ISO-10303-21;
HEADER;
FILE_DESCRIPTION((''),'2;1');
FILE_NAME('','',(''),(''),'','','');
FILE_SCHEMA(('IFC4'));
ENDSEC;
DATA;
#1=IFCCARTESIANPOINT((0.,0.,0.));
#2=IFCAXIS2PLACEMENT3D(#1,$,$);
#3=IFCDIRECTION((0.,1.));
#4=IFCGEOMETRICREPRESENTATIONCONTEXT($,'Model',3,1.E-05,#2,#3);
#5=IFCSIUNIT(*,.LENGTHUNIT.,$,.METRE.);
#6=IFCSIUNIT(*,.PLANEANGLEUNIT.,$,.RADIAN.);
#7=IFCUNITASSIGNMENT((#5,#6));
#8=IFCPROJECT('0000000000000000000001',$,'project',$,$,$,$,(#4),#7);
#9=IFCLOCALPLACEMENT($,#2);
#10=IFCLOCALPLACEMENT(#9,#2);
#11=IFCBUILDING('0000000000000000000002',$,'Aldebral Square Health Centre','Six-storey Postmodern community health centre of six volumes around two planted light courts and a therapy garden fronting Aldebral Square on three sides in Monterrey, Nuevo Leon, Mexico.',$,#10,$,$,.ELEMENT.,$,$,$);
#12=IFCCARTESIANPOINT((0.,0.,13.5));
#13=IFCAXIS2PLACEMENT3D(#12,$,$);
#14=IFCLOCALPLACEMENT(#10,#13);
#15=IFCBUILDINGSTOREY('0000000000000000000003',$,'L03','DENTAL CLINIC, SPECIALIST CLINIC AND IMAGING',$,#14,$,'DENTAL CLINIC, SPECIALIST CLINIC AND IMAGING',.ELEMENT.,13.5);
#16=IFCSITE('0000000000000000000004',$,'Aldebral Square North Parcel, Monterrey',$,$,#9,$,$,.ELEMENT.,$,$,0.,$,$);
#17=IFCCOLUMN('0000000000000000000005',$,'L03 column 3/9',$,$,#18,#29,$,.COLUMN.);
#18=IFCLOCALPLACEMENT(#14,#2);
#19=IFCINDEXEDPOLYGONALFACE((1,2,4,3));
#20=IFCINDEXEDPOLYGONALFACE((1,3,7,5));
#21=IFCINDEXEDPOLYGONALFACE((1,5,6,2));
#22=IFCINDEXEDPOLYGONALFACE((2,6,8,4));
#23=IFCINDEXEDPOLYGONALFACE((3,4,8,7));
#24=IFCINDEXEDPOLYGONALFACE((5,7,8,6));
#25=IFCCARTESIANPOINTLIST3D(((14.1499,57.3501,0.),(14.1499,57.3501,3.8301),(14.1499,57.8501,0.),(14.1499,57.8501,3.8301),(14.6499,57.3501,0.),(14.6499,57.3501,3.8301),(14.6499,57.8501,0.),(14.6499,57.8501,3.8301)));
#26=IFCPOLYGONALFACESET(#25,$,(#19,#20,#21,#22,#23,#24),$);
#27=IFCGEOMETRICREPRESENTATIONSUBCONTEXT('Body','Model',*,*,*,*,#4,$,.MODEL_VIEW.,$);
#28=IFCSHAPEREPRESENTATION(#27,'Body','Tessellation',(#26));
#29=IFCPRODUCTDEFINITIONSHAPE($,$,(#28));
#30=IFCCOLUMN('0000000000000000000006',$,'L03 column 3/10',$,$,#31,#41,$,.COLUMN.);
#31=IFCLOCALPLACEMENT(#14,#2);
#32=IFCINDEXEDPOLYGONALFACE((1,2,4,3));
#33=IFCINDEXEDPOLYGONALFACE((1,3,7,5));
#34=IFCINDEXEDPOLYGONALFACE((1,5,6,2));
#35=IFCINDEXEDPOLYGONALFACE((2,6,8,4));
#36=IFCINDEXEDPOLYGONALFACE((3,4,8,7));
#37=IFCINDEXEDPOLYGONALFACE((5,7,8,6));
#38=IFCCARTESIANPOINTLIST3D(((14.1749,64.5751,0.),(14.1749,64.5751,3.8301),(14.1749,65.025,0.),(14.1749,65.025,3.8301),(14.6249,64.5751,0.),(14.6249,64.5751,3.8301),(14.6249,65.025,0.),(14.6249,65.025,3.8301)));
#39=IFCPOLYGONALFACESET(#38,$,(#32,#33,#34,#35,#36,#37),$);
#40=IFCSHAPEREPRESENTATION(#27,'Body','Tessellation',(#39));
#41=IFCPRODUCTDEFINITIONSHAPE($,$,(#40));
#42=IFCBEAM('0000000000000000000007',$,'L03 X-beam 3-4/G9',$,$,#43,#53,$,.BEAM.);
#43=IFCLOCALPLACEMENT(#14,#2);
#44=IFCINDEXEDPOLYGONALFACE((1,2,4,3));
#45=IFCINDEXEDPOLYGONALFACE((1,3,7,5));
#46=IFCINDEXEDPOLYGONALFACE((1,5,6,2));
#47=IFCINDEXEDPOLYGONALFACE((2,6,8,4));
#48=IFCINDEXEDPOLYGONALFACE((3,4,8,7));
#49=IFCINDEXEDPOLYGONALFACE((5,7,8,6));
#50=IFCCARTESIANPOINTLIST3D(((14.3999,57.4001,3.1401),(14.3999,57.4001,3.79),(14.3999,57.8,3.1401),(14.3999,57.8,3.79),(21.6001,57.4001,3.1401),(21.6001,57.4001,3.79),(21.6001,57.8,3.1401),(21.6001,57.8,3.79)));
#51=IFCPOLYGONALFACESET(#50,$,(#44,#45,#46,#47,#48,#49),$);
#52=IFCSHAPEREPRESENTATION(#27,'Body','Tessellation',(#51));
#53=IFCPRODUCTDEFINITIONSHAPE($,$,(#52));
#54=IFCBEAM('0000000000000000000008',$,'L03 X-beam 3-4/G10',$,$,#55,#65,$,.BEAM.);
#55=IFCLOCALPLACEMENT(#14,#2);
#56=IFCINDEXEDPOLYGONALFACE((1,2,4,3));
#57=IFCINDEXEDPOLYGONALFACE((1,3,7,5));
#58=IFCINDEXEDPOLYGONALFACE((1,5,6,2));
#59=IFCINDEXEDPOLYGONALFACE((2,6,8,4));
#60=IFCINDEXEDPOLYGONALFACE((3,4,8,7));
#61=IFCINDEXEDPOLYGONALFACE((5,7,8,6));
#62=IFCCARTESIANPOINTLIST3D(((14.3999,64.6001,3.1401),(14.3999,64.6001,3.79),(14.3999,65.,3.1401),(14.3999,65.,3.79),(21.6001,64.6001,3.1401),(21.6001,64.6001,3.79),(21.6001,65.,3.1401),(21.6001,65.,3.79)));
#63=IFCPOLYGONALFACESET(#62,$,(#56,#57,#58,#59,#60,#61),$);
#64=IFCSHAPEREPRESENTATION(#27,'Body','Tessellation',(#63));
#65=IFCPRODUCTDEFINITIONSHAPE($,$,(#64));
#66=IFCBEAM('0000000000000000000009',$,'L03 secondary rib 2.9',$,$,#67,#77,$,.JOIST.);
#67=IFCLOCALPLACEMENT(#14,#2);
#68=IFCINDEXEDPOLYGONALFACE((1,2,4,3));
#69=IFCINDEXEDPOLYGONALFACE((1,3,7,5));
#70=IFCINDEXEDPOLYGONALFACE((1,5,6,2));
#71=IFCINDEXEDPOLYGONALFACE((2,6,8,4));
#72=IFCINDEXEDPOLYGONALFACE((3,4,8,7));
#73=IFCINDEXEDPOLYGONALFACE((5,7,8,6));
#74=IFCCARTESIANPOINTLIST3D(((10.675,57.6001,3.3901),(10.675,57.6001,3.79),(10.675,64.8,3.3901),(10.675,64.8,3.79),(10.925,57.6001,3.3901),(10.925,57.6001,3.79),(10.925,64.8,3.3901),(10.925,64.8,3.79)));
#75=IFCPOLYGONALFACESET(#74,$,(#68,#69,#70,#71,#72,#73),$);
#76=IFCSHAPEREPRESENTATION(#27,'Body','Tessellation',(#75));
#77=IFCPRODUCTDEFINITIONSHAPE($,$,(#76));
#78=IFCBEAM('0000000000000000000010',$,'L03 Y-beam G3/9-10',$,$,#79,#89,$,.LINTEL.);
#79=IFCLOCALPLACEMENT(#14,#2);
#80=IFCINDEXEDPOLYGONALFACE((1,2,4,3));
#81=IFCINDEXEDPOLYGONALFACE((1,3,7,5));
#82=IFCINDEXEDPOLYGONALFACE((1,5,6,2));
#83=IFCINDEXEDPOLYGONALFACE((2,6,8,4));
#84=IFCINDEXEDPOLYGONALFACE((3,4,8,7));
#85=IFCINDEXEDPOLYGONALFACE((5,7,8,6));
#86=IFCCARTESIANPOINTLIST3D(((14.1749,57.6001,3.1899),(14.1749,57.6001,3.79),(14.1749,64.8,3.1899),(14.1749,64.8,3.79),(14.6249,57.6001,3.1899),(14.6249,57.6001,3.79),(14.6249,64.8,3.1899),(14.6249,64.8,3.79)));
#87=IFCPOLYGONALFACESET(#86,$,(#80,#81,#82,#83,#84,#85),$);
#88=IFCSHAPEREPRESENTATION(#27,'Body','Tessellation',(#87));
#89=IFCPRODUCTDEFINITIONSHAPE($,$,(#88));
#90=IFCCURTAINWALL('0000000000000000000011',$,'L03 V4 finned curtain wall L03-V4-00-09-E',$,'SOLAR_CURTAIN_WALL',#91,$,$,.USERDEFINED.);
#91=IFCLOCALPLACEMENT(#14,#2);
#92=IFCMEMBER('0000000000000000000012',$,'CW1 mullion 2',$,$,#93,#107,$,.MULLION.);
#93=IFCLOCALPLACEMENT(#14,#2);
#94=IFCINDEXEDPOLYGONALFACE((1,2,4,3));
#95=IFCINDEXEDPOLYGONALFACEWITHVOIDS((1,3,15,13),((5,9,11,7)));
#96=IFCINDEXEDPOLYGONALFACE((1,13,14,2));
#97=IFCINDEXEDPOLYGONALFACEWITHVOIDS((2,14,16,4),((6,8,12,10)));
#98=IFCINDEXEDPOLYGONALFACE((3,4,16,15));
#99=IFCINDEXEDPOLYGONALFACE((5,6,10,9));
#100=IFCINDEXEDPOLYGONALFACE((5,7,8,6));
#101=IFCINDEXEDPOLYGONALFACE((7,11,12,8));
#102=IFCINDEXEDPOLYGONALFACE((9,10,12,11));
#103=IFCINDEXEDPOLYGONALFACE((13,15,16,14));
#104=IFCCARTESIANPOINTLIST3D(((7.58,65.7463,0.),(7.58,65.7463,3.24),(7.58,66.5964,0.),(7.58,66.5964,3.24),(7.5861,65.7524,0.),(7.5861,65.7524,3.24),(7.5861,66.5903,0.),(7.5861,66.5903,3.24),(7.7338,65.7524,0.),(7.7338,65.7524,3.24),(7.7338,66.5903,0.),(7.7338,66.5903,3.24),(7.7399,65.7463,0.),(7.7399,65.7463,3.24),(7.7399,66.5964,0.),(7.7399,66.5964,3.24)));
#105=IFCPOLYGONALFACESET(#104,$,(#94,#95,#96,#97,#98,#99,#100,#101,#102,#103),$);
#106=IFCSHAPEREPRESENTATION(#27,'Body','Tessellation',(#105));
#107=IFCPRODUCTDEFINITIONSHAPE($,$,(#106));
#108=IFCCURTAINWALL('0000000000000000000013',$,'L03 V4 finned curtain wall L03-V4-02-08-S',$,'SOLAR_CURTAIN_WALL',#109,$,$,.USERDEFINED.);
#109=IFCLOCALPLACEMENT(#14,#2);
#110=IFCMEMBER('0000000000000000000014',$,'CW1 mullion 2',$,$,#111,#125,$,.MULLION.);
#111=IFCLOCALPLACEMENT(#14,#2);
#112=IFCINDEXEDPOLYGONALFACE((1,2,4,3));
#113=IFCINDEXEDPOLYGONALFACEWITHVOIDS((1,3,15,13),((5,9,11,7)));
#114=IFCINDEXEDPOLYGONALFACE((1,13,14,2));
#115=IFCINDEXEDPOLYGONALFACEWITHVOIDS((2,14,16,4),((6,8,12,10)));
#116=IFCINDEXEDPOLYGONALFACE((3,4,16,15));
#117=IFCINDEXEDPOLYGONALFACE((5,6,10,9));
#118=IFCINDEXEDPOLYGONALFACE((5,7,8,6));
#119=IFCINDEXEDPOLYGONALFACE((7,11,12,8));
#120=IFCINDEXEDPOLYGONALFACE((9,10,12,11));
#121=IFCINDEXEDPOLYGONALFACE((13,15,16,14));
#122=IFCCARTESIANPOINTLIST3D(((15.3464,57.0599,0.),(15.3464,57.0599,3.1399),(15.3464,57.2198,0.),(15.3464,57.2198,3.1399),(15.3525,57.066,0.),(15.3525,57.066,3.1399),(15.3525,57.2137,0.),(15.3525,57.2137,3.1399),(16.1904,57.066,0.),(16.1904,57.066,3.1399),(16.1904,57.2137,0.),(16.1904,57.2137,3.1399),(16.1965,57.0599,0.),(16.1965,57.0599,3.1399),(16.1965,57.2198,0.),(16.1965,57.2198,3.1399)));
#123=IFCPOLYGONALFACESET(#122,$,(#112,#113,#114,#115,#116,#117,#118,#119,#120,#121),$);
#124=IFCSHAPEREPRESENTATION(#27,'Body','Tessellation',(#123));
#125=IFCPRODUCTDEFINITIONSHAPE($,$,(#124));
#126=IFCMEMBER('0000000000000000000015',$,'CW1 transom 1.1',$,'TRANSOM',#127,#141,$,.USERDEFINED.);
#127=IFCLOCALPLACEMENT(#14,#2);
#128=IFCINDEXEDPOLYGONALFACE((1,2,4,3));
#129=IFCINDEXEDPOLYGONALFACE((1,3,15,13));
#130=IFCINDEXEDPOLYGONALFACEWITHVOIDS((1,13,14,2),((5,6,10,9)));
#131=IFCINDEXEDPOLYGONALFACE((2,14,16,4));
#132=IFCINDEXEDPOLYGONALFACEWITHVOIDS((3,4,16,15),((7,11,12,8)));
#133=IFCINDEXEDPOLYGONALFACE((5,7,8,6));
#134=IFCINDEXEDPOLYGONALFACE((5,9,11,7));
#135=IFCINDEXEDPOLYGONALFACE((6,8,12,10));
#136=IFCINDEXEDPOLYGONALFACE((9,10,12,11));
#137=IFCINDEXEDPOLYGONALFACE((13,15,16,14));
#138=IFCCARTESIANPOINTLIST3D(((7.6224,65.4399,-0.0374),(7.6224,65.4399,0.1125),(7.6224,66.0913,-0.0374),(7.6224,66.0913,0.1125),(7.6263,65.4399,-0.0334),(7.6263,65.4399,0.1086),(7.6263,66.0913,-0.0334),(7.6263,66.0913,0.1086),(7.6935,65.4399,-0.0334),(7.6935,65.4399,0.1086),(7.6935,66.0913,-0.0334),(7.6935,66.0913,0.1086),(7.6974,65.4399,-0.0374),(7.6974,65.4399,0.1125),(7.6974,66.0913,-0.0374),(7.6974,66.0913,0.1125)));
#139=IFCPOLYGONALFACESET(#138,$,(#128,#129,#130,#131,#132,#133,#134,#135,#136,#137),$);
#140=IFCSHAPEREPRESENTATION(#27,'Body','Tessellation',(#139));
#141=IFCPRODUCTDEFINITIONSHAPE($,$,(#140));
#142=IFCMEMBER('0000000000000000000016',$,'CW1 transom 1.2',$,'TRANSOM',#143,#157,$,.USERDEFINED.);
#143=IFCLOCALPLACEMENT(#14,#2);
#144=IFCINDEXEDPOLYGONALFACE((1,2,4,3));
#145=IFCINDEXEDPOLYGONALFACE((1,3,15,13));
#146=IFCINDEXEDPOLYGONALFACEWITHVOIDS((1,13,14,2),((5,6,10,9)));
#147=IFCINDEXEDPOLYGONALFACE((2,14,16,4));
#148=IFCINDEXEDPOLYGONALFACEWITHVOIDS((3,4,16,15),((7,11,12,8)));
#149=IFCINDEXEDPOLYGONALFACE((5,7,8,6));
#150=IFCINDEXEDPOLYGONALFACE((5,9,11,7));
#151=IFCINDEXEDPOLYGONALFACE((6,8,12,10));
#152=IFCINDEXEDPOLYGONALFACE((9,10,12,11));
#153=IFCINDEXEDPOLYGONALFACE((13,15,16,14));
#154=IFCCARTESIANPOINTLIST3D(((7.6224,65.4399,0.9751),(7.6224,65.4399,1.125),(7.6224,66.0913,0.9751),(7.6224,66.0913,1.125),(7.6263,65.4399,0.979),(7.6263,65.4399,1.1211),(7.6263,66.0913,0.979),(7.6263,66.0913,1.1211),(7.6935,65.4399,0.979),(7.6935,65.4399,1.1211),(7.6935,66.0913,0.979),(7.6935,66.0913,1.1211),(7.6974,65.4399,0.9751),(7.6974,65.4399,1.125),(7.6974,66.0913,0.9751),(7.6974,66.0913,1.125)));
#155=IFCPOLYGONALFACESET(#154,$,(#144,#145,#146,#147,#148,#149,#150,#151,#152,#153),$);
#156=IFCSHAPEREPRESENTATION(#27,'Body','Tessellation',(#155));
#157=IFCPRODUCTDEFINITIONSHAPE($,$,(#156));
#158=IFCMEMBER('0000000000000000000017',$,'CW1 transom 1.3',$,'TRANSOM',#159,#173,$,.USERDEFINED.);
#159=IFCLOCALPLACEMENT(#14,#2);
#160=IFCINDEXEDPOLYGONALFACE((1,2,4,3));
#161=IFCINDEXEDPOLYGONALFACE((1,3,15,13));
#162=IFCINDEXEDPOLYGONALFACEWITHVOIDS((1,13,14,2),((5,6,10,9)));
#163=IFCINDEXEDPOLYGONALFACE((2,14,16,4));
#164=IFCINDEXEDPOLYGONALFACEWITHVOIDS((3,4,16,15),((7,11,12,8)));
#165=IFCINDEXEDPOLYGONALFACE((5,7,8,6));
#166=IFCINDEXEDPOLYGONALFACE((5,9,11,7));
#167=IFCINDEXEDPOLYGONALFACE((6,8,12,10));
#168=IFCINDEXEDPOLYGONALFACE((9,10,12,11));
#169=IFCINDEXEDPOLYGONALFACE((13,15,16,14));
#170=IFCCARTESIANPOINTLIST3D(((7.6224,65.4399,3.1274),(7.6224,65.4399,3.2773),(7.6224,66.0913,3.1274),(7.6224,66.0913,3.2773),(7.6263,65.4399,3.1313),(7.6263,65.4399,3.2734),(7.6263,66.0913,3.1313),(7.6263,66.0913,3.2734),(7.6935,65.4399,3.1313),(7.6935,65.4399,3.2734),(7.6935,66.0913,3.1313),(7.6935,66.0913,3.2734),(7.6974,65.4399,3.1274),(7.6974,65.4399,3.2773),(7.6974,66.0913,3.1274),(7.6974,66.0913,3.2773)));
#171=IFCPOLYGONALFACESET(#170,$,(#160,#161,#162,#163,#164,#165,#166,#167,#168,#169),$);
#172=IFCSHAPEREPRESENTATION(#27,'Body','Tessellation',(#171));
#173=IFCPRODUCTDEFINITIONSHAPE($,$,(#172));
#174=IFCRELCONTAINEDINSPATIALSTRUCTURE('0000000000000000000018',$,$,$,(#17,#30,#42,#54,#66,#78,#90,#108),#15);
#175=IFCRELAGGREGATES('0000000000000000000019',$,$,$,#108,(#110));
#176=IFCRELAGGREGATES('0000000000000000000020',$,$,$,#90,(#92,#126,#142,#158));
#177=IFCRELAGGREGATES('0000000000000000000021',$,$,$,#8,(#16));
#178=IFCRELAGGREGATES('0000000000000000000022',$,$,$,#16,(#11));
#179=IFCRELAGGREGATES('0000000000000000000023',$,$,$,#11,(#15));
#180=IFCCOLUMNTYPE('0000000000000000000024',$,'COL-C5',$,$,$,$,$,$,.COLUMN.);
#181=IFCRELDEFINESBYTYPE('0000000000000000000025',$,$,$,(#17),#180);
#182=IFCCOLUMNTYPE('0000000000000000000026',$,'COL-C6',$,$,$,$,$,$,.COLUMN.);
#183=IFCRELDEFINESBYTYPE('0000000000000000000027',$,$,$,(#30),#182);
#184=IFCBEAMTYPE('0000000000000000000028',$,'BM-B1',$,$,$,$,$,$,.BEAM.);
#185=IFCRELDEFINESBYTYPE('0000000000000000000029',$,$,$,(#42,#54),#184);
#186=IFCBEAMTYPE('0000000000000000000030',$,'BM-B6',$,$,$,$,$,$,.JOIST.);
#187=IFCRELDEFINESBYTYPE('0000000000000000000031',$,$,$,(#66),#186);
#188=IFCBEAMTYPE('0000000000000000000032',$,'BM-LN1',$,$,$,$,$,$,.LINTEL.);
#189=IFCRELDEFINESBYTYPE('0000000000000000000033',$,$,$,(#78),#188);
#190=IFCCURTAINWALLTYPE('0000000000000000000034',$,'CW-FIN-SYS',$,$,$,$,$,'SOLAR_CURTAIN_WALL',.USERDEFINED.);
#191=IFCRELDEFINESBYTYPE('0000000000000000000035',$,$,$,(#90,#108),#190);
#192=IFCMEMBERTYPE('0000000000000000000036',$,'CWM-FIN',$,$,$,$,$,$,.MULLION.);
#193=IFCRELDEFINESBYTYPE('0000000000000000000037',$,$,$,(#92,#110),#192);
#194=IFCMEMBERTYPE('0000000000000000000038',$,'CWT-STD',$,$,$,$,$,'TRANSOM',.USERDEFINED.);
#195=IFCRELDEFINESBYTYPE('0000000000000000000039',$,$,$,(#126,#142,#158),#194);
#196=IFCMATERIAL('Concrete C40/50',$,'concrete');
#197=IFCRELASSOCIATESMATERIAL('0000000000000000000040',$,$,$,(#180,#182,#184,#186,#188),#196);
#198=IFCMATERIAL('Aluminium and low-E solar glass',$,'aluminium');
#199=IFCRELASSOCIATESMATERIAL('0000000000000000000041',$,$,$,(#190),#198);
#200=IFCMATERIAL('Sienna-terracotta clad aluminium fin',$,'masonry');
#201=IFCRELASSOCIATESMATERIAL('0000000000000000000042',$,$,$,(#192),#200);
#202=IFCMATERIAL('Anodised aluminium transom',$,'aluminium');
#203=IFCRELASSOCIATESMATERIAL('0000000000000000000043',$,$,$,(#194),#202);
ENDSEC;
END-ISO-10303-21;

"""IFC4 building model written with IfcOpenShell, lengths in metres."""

from ifc_helpers import new_model, si_unit, direction, frame, origin, origin_2d, place, context, subcontext, project, spatial, rectangle, hollow_rectangle, extrude, material, material_profile, profile_set, type_object, element, aggregate, save


model = new_model("IFC4")

# Units and contexts
model_context = context("Model", 3, precision=1e-05, world=origin(), true_north=direction((0.0, 1.0)))
body_context = subcontext(model_context, "Body", "Model", "MODEL_VIEW")
ifc_project = project(units=[si_unit("LENGTHUNIT", "METRE"), si_unit("PLANEANGLEUNIT", "RADIAN")], contexts=[model_context])

# Site, building, storey
site_placement = place(None, origin())
site = spatial("IfcSite", under=ifc_project, at=site_placement, Name="Aldebral Square North Parcel, Monterrey", CompositionType="ELEMENT", RefElevation=0.0)
building_placement = place(site_placement, origin())
building = spatial("IfcBuilding", under=site, at=building_placement, Name="Aldebral Square Health Centre", Description="Six-storey Postmodern community health centre of six volumes around two planted light courts and a therapy garden fronting Aldebral Square on three sides in Monterrey, Nuevo Leon, Mexico.", CompositionType="ELEMENT")
storey_placement = place(building_placement, frame((0.0, 0.0, 13.5)))
storey = spatial("IfcBuildingStorey", under=building, at=storey_placement, Name="L03", Description="DENTAL CLINIC, SPECIALIST CLINIC AND IMAGING", LongName="DENTAL CLINIC, SPECIALIST CLINIC AND IMAGING", CompositionType="ELEMENT", Elevation=13.5)

# Columns
ifc_material_1 = material(Name="Concrete C40/50", Category="concrete")
ifc_material_profile_1 = material_profile(ifc_material_1, rectangle(XDim=0.5, YDim=0.5, at=origin_2d()), Name="RC 500x500")
ifc_profile_set_1 = profile_set([ifc_material_profile_1], Name="Concrete C40/50")
column_type_1 = type_object("IfcColumnType", Name="COL-C5", PredefinedType="COLUMN", material=ifc_profile_set_1)
column_1_placement = place(storey_placement, frame((14.3999, 57.6001, 0.0), z_axis=(0.0, 0.0, 1.0), x_axis=(1.0, 0.0, 0.0)))
element("IfcColumn", 1, at=column_1_placement, inside=storey, type_object=column_type_1, Name="L03 column 3/9", PredefinedType="COLUMN", context=body_context, shape_type="SweptSolid", body=[
    extrude(rectangle(XDim=0.5, YDim=0.5, at=origin_2d()), origin(), (0.0, 0.0, 1.0), 3.8301),
])
ifc_material_profile_2 = material_profile(ifc_material_1, rectangle(XDim=0.45, YDim=0.45, at=origin_2d()), Name="RC 450x450")
ifc_profile_set_2 = profile_set([ifc_material_profile_2], Name="Concrete C40/50")
column_type_2 = type_object("IfcColumnType", Name="COL-C6", PredefinedType="COLUMN", material=ifc_profile_set_2)
column_2_placement = place(storey_placement, frame((14.3999, 64.8, 0.0), z_axis=(0.0, 0.0, 1.0), x_axis=(1.0, 0.0, 0.0)))
element("IfcColumn", 2, at=column_2_placement, inside=storey, type_object=column_type_2, Name="L03 column 3/10", PredefinedType="COLUMN", context=body_context, shape_type="SweptSolid", body=[
    extrude(rectangle(XDim=0.45, YDim=0.45, at=origin_2d()), origin(), (0.0, 0.0, 1.0), 3.8301),
])

# Beams
ifc_material_profile_3 = material_profile(ifc_material_1, rectangle(XDim=0.3999, YDim=0.6499, at=origin_2d()), Name="RC 400x650")
ifc_profile_set_3 = profile_set([ifc_material_profile_3], Name="Concrete C40/50")
beam_type_1 = type_object("IfcBeamType", Name="BM-B1", PredefinedType="BEAM", material=ifc_profile_set_3)
for number, where, z_axis, x_axis, name in (
    (3, (14.3999, 57.6001, 3.4651), (1.0, 0.0, 0.0), (0.0, 1.0, 0.0), "L03 X-beam 3-4/G9"),
    (4, (14.3999, 64.8, 3.4651), (1.0, 0.0, 0.0), (0.0, 1.0, 0.0), "L03 X-beam 3-4/G10"),
):
    element("IfcBeam", number, at=place(storey_placement, frame(where, z_axis=z_axis, x_axis=x_axis)), inside=storey, type_object=beam_type_1, Name=name, PredefinedType="BEAM", context=body_context, shape_type="SweptSolid", body=[
        extrude(rectangle(XDim=0.3999, YDim=0.6499, at=origin_2d()), origin(), (0.0, 0.0, 1.0), 7.2002),
    ])
ifc_material_profile_4 = material_profile(ifc_material_1, rectangle(XDim=0.25, YDim=0.3999, at=origin_2d()), Name="RC 250x400")
ifc_profile_set_4 = profile_set([ifc_material_profile_4], Name="Concrete C40/50")
beam_type_2 = type_object("IfcBeamType", Name="BM-B6", PredefinedType="JOIST", material=ifc_profile_set_4)
beam_1_placement = place(storey_placement, frame((10.8, 57.6001, 3.5901), z_axis=(0.0, 1.0, 0.0), x_axis=(-1.0, 0.0, 0.0)))
element("IfcBeam", 5, at=beam_1_placement, inside=storey, type_object=beam_type_2, Name="L03 secondary rib 2.9", PredefinedType="JOIST", context=body_context, shape_type="SweptSolid", body=[
    extrude(rectangle(XDim=0.25, YDim=0.3999, at=origin_2d()), origin(), (0.0, 0.0, 1.0), 7.2),
])
ifc_material_profile_5 = material_profile(ifc_material_1, rectangle(XDim=0.45, YDim=0.6001, at=origin_2d()), Name="RC 450x600")
ifc_profile_set_5 = profile_set([ifc_material_profile_5], Name="Concrete C40/50")
beam_type_3 = type_object("IfcBeamType", Name="BM-LN1", PredefinedType="LINTEL", material=ifc_profile_set_5)
beam_2_placement = place(storey_placement, frame((14.3999, 57.6001, 3.49), z_axis=(0.0, 1.0, 0.0), x_axis=(-1.0, 0.0, 0.0)))
element("IfcBeam", 6, at=beam_2_placement, inside=storey, type_object=beam_type_3, Name="L03 Y-beam G3/9-10", PredefinedType="LINTEL", context=body_context, shape_type="SweptSolid", body=[
    extrude(rectangle(XDim=0.45, YDim=0.6001, at=origin_2d()), origin(), (0.0, 0.0, 1.0), 7.2),
])

# Curtain walls, members
ifc_material_2 = material(Name="Aluminium and low-E solar glass", Category="aluminium")
curtain_wall_type = type_object("IfcCurtainWallType", Name="CW-FIN-SYS", ElementType="SOLAR_CURTAIN_WALL", PredefinedType="USERDEFINED", material=ifc_material_2)
curtain_wall_1_placement = place(storey_placement, origin())
curtain_wall_1 = element("IfcCurtainWall", 7, at=curtain_wall_1_placement, inside=storey, type_object=curtain_wall_type, Name="L03 V4 finned curtain wall L03-V4-00-09-E", ObjectType="SOLAR_CURTAIN_WALL", PredefinedType="USERDEFINED")
ifc_material_3 = material(Name="Sienna-terracotta clad aluminium fin", Category="masonry")
ifc_material_profile_6 = material_profile(ifc_material_3, hollow_rectangle(XDim=0.1599, YDim=0.8501, WallThickness=0.0061, at=origin_2d()), Name="FIN 160x850x6")
ifc_profile_set_6 = profile_set([ifc_material_profile_6], Name="Sienna-terracotta clad aluminium fin")
member_type_1 = type_object("IfcMemberType", Name="CWM-FIN", PredefinedType="MULLION", material=ifc_profile_set_6)
member_1_placement = place(storey_placement, frame((7.6599, 66.1714, 0.0), z_axis=(0.0, 0.0, 1.0), x_axis=(-1.0, 0.0, 0.0)))
member_1 = element("IfcMember", 8, at=member_1_placement, type_object=member_type_1, Name="CW1 mullion 2", PredefinedType="MULLION", context=body_context, shape_type="SweptSolid", body=[
    extrude(hollow_rectangle(XDim=0.1599, YDim=0.8501, WallThickness=0.0061, at=origin_2d()), origin(), (0.0, 0.0, 1.0), 3.24),
])
curtain_wall_2_placement = place(storey_placement, origin())
curtain_wall_2 = element("IfcCurtainWall", 9, at=curtain_wall_2_placement, inside=storey, type_object=curtain_wall_type, Name="L03 V4 finned curtain wall L03-V4-02-08-S", ObjectType="SOLAR_CURTAIN_WALL", PredefinedType="USERDEFINED")
member_2_placement = place(storey_placement, frame((15.7715, 57.1399, 0.0), z_axis=(0.0, 0.0, 1.0), x_axis=(0.0, 1.0, 0.0)))
member_2 = element("IfcMember", 10, at=member_2_placement, type_object=member_type_1, Name="CW1 mullion 2", PredefinedType="MULLION", context=body_context, shape_type="SweptSolid", body=[
    extrude(hollow_rectangle(XDim=0.1599, YDim=0.8501, WallThickness=0.0061, at=origin_2d()), origin(), (0.0, 0.0, 1.0), 3.1399),
])

# Members
ifc_material_4 = material(Name="Anodised aluminium transom", Category="aluminium")
ifc_material_profile_7 = material_profile(ifc_material_4, hollow_rectangle(XDim=0.075, YDim=0.1499, WallThickness=0.0039, at=origin_2d()), Name="CWT 75x150x4")
ifc_profile_set_7 = profile_set([ifc_material_profile_7], Name="Anodised aluminium transom")
member_type_2 = type_object("IfcMemberType", Name="CWT-STD", ElementType="TRANSOM", PredefinedType="USERDEFINED", material=ifc_profile_set_7)
member_3_placement = place(storey_placement, frame((7.6599, 65.4399, 0.0376), z_axis=(0.0, 1.0, 0.0), x_axis=(-1.0, 0.0, 0.0)))
member_3 = element("IfcMember", 11, at=member_3_placement, type_object=member_type_2, Name="CW1 transom 1.1", ObjectType="TRANSOM", PredefinedType="USERDEFINED", context=body_context, shape_type="SweptSolid", body=[
    extrude(hollow_rectangle(XDim=0.075, YDim=0.1499, WallThickness=0.0039, at=origin_2d()), origin(), (0.0, 0.0, 1.0), 0.6514),
])
member_4_placement = place(storey_placement, frame((7.6599, 65.4399, 1.05), z_axis=(0.0, 1.0, 0.0), x_axis=(-1.0, 0.0, 0.0)))
member_4 = element("IfcMember", 12, at=member_4_placement, type_object=member_type_2, Name="CW1 transom 1.2", ObjectType="TRANSOM", PredefinedType="USERDEFINED", context=body_context, shape_type="SweptSolid", body=[
    extrude(hollow_rectangle(XDim=0.075, YDim=0.1499, WallThickness=0.0039, at=origin_2d()), origin(), (0.0, 0.0, 1.0), 0.6514),
])
member_5_placement = place(storey_placement, frame((7.6599, 65.4399, 3.2024), z_axis=(0.0, 1.0, 0.0), x_axis=(-1.0, 0.0, 0.0)))
member_5 = element("IfcMember", 13, at=member_5_placement, type_object=member_type_2, Name="CW1 transom 1.3", ObjectType="TRANSOM", PredefinedType="USERDEFINED", context=body_context, shape_type="SweptSolid", body=[
    extrude(hollow_rectangle(XDim=0.075, YDim=0.1499, WallThickness=0.0039, at=origin_2d()), origin(), (0.0, 0.0, 1.0), 0.6514),
])

aggregate(curtain_wall_2, [member_2])
aggregate(curtain_wall_1, [member_1, member_3, member_4, member_5])

save(model, "model.ifc")
